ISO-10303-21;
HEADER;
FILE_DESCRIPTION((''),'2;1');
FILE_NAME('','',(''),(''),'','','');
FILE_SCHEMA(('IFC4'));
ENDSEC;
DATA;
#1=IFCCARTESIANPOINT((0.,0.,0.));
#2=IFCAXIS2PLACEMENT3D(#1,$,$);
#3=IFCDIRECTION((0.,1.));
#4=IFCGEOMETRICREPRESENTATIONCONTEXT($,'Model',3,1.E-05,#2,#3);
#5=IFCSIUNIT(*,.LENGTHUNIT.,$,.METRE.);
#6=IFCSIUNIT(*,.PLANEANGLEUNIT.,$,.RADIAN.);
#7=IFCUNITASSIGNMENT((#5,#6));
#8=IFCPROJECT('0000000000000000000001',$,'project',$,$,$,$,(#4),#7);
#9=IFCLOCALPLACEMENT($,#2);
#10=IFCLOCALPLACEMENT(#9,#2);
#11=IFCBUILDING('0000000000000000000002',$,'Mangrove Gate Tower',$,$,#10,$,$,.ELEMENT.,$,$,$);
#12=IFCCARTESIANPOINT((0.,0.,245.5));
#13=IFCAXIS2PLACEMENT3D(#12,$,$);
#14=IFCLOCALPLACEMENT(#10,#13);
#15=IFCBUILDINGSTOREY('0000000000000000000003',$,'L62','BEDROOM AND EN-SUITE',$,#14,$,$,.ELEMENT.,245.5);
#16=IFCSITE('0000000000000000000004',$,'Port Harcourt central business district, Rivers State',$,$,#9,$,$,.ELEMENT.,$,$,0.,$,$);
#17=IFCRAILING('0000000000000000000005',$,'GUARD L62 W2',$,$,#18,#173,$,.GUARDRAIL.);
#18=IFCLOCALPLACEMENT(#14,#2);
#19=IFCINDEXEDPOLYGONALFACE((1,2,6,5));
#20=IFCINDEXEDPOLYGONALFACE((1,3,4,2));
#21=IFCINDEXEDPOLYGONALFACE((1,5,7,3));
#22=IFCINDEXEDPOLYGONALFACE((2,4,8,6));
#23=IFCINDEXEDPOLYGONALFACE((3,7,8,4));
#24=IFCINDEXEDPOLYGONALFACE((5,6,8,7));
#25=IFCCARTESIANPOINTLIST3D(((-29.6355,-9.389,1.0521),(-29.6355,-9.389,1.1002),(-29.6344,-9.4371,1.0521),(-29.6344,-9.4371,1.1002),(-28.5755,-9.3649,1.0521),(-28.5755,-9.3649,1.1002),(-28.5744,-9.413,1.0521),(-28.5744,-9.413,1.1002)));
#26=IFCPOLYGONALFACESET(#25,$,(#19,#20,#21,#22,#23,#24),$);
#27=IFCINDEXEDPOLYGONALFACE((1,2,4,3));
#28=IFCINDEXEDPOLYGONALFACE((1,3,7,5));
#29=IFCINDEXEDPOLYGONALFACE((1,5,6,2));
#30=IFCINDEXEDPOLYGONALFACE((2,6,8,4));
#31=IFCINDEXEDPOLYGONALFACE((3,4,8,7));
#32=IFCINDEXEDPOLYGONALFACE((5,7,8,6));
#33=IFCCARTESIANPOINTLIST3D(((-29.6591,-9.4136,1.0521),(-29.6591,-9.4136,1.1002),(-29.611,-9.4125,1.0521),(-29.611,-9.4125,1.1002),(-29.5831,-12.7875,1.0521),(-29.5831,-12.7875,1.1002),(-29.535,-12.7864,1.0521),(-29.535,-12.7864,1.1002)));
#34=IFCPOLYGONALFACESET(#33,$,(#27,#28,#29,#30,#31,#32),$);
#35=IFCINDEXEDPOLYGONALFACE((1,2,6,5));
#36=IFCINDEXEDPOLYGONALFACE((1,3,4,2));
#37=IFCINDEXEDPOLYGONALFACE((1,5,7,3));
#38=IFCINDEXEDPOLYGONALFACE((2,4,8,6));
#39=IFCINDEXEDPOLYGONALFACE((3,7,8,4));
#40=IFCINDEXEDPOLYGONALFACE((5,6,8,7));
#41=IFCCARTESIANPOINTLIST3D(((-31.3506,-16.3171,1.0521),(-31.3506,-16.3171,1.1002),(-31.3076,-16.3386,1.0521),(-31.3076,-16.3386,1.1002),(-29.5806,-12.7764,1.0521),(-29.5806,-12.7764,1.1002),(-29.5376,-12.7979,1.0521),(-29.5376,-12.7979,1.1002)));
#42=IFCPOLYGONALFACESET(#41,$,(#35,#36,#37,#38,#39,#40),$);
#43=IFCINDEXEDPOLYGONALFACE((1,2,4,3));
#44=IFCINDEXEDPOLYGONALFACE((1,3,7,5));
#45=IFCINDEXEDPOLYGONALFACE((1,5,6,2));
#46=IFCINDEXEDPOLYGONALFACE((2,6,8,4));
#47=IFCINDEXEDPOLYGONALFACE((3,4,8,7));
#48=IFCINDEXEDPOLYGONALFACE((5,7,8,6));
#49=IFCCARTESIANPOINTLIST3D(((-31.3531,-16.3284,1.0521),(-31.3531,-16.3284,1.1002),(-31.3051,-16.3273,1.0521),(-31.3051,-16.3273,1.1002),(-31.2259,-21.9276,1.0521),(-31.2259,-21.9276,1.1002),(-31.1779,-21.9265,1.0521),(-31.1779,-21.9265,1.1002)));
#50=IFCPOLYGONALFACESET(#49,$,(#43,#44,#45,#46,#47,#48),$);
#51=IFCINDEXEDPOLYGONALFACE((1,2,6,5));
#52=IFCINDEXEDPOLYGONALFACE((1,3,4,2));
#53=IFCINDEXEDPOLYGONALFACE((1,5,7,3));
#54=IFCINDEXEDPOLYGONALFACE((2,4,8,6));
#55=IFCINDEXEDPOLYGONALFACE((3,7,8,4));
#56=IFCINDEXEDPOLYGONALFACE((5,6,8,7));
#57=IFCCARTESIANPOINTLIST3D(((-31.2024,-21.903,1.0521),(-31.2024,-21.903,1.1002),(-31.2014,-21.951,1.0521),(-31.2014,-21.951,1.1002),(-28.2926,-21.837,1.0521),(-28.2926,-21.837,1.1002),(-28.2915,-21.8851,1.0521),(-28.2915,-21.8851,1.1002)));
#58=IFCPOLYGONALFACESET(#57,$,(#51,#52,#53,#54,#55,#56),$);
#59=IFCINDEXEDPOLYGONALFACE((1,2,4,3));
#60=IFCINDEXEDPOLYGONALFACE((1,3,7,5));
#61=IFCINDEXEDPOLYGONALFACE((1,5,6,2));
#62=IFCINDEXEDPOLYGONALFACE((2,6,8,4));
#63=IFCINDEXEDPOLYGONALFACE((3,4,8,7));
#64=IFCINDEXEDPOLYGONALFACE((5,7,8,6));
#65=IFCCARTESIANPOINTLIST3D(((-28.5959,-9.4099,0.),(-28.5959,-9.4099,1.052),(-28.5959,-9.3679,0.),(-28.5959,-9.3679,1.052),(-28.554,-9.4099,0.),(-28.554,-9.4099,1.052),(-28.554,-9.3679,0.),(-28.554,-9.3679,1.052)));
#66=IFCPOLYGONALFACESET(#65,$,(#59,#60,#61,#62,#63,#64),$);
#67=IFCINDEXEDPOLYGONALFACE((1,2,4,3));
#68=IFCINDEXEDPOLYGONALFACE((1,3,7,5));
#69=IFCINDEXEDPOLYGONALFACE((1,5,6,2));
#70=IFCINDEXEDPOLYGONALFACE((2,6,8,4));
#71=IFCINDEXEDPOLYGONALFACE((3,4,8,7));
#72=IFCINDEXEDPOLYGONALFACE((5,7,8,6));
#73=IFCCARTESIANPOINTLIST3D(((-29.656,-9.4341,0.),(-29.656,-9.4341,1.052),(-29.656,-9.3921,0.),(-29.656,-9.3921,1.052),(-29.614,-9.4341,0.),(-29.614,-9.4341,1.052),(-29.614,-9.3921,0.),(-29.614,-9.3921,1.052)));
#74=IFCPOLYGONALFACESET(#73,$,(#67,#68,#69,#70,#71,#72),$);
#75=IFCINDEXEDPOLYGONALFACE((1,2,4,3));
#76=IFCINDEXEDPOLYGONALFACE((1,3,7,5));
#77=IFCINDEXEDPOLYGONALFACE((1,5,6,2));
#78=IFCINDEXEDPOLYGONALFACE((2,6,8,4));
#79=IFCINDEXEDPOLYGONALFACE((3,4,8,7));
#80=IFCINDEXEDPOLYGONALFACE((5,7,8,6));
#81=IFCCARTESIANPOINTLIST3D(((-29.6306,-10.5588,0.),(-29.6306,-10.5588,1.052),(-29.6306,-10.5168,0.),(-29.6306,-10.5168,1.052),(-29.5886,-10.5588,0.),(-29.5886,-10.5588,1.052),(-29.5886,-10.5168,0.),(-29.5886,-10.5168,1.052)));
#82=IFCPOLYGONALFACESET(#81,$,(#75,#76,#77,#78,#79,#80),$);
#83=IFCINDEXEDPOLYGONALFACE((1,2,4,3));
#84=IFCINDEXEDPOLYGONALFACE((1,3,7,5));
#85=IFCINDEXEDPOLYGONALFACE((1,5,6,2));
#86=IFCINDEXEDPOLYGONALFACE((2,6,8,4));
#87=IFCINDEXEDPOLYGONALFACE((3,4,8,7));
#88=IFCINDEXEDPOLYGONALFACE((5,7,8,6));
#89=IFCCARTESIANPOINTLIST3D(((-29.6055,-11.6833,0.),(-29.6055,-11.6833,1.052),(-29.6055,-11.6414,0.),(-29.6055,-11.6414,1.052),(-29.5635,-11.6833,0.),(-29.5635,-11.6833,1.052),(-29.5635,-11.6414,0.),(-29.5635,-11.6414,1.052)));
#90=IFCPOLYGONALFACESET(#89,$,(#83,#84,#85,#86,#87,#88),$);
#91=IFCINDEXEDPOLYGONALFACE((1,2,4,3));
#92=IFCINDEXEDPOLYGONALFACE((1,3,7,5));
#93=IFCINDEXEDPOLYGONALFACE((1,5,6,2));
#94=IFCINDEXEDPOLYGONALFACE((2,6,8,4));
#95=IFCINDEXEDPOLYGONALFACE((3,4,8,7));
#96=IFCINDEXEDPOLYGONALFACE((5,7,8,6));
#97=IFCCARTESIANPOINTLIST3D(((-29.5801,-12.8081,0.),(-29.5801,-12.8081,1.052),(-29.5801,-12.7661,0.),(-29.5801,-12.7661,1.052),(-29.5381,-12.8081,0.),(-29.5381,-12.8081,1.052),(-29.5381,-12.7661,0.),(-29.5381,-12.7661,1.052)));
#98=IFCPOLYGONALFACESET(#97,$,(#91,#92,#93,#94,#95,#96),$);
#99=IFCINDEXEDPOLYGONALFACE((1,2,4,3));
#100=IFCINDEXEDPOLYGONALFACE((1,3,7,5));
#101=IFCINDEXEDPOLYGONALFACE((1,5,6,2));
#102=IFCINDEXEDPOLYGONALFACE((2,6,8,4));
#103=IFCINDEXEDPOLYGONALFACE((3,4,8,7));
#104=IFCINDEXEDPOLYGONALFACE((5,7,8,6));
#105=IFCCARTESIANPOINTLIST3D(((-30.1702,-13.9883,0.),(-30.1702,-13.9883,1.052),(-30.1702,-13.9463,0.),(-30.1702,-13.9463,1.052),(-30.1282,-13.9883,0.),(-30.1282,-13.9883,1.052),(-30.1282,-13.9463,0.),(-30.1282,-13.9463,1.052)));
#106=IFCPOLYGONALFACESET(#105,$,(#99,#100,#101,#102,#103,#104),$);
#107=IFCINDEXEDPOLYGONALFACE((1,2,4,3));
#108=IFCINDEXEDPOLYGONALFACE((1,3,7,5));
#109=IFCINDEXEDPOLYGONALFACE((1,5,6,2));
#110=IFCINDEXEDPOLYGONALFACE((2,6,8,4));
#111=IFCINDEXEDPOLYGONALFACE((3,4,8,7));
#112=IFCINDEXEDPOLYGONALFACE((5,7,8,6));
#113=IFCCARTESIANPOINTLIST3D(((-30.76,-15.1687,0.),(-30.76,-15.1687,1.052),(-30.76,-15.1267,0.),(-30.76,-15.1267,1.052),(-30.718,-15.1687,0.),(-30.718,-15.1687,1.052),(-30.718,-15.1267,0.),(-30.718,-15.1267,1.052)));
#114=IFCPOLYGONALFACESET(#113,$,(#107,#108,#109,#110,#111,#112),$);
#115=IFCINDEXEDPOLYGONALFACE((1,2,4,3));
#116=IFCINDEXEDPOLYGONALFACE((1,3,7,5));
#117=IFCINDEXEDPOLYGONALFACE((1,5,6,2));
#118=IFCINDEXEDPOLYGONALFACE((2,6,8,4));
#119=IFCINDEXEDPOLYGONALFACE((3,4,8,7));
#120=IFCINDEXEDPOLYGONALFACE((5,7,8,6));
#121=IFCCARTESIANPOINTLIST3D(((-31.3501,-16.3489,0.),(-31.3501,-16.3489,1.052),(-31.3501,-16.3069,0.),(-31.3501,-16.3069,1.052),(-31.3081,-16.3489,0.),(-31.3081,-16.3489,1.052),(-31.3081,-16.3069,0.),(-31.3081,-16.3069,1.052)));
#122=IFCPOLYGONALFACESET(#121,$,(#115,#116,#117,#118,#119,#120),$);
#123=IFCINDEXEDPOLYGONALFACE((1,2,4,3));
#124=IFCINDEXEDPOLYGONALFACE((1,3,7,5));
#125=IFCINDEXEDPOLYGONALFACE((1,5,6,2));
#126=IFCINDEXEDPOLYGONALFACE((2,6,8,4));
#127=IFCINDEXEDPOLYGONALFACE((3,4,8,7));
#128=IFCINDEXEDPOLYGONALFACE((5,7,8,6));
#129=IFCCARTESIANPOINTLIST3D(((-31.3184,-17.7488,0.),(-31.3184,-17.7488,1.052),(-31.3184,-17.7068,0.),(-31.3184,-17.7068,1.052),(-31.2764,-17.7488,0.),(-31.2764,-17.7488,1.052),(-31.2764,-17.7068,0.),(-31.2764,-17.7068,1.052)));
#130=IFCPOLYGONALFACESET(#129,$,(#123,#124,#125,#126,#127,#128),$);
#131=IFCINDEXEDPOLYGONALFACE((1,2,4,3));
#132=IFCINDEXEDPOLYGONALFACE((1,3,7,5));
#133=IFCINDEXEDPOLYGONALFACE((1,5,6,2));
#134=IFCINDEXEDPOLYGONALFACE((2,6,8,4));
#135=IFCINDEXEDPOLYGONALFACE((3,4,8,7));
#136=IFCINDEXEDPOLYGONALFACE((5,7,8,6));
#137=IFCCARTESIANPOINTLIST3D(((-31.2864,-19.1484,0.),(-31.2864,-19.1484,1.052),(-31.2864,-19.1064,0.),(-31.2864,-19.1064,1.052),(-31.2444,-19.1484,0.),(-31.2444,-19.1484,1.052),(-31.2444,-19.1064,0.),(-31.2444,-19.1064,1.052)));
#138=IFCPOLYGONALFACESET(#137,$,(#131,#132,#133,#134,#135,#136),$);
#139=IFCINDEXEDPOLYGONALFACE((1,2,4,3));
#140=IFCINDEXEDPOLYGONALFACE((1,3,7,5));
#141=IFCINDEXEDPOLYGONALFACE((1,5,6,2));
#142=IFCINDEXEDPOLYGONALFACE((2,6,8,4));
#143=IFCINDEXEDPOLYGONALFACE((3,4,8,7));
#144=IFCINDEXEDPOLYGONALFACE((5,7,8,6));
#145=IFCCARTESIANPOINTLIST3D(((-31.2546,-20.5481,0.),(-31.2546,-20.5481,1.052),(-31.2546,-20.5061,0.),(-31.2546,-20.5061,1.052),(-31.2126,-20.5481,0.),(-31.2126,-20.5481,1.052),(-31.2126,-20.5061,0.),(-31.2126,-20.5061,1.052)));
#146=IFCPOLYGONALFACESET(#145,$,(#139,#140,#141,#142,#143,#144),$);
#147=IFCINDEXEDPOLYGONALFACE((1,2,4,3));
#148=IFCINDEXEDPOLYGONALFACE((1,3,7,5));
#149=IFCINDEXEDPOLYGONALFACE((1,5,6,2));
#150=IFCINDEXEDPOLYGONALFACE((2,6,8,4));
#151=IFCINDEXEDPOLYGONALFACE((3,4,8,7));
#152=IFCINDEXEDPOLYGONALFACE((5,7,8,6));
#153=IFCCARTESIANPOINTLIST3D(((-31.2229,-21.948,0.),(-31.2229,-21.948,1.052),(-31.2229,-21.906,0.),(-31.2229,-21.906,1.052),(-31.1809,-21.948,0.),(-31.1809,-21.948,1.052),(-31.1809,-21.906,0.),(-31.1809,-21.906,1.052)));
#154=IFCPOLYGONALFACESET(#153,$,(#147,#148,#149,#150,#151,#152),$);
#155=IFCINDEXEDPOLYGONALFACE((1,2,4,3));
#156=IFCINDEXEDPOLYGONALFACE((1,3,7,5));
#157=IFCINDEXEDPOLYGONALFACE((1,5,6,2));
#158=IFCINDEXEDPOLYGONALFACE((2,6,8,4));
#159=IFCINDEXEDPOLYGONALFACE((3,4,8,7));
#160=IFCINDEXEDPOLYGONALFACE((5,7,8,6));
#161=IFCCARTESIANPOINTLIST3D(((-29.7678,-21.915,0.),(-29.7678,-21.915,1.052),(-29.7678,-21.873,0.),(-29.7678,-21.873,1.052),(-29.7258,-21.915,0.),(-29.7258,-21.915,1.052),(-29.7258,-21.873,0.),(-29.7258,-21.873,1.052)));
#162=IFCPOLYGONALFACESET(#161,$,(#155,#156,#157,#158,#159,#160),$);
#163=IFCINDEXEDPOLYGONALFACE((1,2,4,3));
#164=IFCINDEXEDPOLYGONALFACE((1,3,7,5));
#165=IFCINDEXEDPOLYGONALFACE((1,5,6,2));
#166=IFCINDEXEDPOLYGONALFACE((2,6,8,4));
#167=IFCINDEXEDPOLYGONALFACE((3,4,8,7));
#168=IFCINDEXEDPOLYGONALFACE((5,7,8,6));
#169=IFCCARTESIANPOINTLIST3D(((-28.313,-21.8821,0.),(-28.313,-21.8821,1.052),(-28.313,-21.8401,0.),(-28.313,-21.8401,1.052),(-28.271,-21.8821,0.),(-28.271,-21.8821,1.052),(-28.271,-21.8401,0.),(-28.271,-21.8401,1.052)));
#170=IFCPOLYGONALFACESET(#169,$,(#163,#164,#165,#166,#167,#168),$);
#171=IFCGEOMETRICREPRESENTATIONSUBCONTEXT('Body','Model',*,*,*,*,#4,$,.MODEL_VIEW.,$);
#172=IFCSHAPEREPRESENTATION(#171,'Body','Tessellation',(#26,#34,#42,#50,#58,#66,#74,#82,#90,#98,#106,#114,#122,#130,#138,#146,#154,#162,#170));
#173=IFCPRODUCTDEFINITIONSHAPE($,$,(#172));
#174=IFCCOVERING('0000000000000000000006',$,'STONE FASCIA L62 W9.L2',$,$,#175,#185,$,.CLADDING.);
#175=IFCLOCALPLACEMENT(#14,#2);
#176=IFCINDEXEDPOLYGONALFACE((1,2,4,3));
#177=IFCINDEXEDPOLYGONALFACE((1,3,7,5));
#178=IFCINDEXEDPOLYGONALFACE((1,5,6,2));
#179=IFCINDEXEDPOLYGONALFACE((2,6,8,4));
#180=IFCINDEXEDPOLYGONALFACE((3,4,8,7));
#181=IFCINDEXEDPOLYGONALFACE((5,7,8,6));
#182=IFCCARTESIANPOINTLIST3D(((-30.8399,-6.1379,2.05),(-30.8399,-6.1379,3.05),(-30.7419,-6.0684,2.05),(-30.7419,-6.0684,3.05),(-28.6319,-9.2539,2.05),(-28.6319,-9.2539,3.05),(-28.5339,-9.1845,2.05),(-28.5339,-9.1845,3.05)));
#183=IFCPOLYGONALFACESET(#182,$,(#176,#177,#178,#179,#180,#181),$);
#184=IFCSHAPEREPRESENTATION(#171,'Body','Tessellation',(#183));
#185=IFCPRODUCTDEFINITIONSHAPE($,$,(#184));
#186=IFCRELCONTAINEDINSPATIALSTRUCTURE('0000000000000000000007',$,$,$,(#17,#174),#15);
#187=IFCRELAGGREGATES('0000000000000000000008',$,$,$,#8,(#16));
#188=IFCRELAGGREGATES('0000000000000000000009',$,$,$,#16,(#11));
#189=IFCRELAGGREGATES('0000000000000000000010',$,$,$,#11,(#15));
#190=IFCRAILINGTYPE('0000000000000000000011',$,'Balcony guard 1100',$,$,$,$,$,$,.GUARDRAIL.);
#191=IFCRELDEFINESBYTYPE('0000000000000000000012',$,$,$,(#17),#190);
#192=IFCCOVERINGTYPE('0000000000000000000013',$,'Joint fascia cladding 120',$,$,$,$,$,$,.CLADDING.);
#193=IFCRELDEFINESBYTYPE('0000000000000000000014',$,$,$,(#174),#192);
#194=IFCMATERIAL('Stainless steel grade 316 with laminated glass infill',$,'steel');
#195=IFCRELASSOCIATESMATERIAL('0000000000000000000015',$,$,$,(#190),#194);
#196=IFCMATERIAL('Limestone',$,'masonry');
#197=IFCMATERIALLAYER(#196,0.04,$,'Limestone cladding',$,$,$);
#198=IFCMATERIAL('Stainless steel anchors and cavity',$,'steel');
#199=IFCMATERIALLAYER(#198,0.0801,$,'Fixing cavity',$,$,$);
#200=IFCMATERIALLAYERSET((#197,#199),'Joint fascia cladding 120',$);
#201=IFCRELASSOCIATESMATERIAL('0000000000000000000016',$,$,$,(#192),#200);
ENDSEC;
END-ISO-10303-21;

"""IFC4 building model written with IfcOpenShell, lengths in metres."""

from ifc_helpers import new_model, si_unit, direction, frame, frame_2d, origin, origin_2d, place, context, subcontext, project, spatial, rectangle, extrude, material, layer, layer_set, type_object, element, save


model = new_model("IFC4")

# Units and contexts
model_context = context("Model", 3, precision=1e-05, world=origin(), true_north=direction((0.0, 1.0)))
body_context = subcontext(model_context, "Body", "Model", "MODEL_VIEW")
ifc_project = project(units=[si_unit("LENGTHUNIT", "METRE"), si_unit("PLANEANGLEUNIT", "RADIAN")], contexts=[model_context])

# Site, building, storey
site_placement = place(None, origin())
site = spatial("IfcSite", under=ifc_project, at=site_placement, Name="Port Harcourt central business district, Rivers State", CompositionType="ELEMENT", RefElevation=0.0)
building_placement = place(site_placement, origin())
building = spatial("IfcBuilding", under=site, at=building_placement, Name="Mangrove Gate Tower", CompositionType="ELEMENT")
storey_placement = place(building_placement, frame((0.0, 0.0, 245.5)))
storey = spatial("IfcBuildingStorey", under=building, at=storey_placement, Name="L62", Description="BEDROOM AND EN-SUITE", CompositionType="ELEMENT", Elevation=245.5)

# Shared definitions
ifc_material_1 = material(Name="Limestone", Category="masonry")

# Railing
ifc_material_2 = material(Name="Stainless steel grade 316 with laminated glass infill", Category="steel")
railing_type = type_object("IfcRailingType", Name="Balcony guard 1100", PredefinedType="GUARDRAIL", material=ifc_material_2)
railing_placement = place(storey_placement, frame((-28.575, -9.3889, 0.0)))
element("IfcRailing", 1, at=railing_placement, inside=storey, type_object=railing_type, Name="GUARD L62 W2", PredefinedType="GUARDRAIL", context=body_context, shape_type="SweptSolid", body=[
    extrude(rectangle(XDim=0.0481, YDim=0.0481, at=origin_2d()), frame((0.0, 0.0, 1.0762), z_axis=(-0.99974, -0.022795, 0.0), x_axis=(0.022795, -0.99974, 0.0)), (0.0, 0.0, 1.0), 1.0603),
    extrude(rectangle(XDim=0.0481, YDim=0.0481, at=origin_2d()), frame((-1.0601, -0.0242, 1.0762), z_axis=(0.022498, -0.999747, 0.0), x_axis=(0.999747, 0.022498, 0.0)), (0.0, 0.0, 1.0), 3.3748),
    extrude(rectangle(XDim=0.0481, YDim=0.0481, at=origin_2d()), frame((-0.9841, -3.3982, 1.0762), z_axis=(-0.44714, -0.894464, 0.0), x_axis=(0.894464, -0.44714, 0.0)), (0.0, 0.0, 1.0), 3.9585),
    extrude(rectangle(XDim=0.0481, YDim=0.0481, at=origin_2d()), frame((-2.7542, -6.939, 1.0762), z_axis=(0.022712, -0.999742, 0.0), x_axis=(0.999742, 0.022712, 0.0)), (0.0, 0.0, 1.0), 5.6006),
    extrude(rectangle(XDim=0.0481, YDim=0.0481, at=origin_2d()), frame((-2.627, -12.5381, 1.0762), z_axis=(0.999744, 0.022647, 0.0), x_axis=(-0.022647, 0.999744, 0.0)), (0.0, 0.0, 1.0), 2.9106),
    extrude(rectangle(XDim=0.042, YDim=0.042, at=origin_2d()), origin(), (0.0, 0.0, 1.0), 1.052),
    extrude(rectangle(XDim=0.042, YDim=0.042, at=origin_2d()), frame((-1.0601, -0.0242, 0.0)), (0.0, 0.0, 1.0), 1.052),
    extrude(rectangle(XDim=0.042, YDim=0.042, at=origin_2d()), frame((-1.0347, -1.1489, 0.0)), (0.0, 0.0, 1.0), 1.052),
    extrude(rectangle(XDim=0.042, YDim=0.042, at=origin_2d()), frame((-1.0095, -2.2734, 0.0)), (0.0, 0.0, 1.0), 1.052),
    extrude(rectangle(XDim=0.042, YDim=0.042, at=origin_2d()), frame((-0.9841, -3.3982, 0.0)), (0.0, 0.0, 1.0), 1.052),
    extrude(rectangle(XDim=0.042, YDim=0.042, at=origin_2d()), frame((-1.5742, -4.5784, 0.0)), (0.0, 0.0, 1.0), 1.052),
    extrude(rectangle(XDim=0.042, YDim=0.042, at=origin_2d()), frame((-2.1641, -5.7588, 0.0)), (0.0, 0.0, 1.0), 1.052),
    extrude(rectangle(XDim=0.042, YDim=0.042, at=origin_2d()), frame((-2.7542, -6.939, 0.0)), (0.0, 0.0, 1.0), 1.052),
    extrude(rectangle(XDim=0.042, YDim=0.042, at=origin_2d()), frame((-2.7224, -8.3389, 0.0)), (0.0, 0.0, 1.0), 1.052),
    extrude(rectangle(XDim=0.042, YDim=0.042, at=origin_2d()), frame((-2.6904, -9.7385, 0.0)), (0.0, 0.0, 1.0), 1.052),
    extrude(rectangle(XDim=0.042, YDim=0.042, at=origin_2d()), frame((-2.6587, -11.1382, 0.0)), (0.0, 0.0, 1.0), 1.052),
    extrude(rectangle(XDim=0.042, YDim=0.042, at=origin_2d()), frame((-2.627, -12.5381, 0.0)), (0.0, 0.0, 1.0), 1.052),
    extrude(rectangle(XDim=0.042, YDim=0.042, at=origin_2d()), frame((-1.1719, -12.5051, 0.0)), (0.0, 0.0, 1.0), 1.052),
    extrude(rectangle(XDim=0.042, YDim=0.042, at=origin_2d()), frame((0.283, -12.4722, 0.0)), (0.0, 0.0, 1.0), 1.052),
])

# Covering
ifc_layer_1 = layer(ifc_material_1, 0.04, Name="Limestone cladding")
ifc_material_3 = material(Name="Stainless steel anchors and cavity", Category="steel")
ifc_layer_2 = layer(ifc_material_3, 0.0801, Name="Fixing cavity")
ifc_layer_set_1 = layer_set([ifc_layer_1, ifc_layer_2], Name="Joint fascia cladding 120")
covering_type = type_object("IfcCoveringType", Name="Joint fascia cladding 120", PredefinedType="CLADDING", material=ifc_layer_set_1)
covering_placement = place(storey_placement, frame((-30.791, -6.103, 2.05), z_axis=(0.0, 0.0, 1.0), x_axis=(0.578168, -0.815918, 0.0)))
element("IfcCovering", 2, at=covering_placement, inside=storey, type_object=covering_type, Name="STONE FASCIA L62 W9.L2", PredefinedType="CLADDING", context=body_context, shape_type="SweptSolid", body=[
    extrude(rectangle(XDim=3.8191, YDim=0.1201, at=frame_2d((1.9097, 0.0))), origin(), (0.0, 0.0, 1.0), 1.0),
])

save(model, "model.ifc")
